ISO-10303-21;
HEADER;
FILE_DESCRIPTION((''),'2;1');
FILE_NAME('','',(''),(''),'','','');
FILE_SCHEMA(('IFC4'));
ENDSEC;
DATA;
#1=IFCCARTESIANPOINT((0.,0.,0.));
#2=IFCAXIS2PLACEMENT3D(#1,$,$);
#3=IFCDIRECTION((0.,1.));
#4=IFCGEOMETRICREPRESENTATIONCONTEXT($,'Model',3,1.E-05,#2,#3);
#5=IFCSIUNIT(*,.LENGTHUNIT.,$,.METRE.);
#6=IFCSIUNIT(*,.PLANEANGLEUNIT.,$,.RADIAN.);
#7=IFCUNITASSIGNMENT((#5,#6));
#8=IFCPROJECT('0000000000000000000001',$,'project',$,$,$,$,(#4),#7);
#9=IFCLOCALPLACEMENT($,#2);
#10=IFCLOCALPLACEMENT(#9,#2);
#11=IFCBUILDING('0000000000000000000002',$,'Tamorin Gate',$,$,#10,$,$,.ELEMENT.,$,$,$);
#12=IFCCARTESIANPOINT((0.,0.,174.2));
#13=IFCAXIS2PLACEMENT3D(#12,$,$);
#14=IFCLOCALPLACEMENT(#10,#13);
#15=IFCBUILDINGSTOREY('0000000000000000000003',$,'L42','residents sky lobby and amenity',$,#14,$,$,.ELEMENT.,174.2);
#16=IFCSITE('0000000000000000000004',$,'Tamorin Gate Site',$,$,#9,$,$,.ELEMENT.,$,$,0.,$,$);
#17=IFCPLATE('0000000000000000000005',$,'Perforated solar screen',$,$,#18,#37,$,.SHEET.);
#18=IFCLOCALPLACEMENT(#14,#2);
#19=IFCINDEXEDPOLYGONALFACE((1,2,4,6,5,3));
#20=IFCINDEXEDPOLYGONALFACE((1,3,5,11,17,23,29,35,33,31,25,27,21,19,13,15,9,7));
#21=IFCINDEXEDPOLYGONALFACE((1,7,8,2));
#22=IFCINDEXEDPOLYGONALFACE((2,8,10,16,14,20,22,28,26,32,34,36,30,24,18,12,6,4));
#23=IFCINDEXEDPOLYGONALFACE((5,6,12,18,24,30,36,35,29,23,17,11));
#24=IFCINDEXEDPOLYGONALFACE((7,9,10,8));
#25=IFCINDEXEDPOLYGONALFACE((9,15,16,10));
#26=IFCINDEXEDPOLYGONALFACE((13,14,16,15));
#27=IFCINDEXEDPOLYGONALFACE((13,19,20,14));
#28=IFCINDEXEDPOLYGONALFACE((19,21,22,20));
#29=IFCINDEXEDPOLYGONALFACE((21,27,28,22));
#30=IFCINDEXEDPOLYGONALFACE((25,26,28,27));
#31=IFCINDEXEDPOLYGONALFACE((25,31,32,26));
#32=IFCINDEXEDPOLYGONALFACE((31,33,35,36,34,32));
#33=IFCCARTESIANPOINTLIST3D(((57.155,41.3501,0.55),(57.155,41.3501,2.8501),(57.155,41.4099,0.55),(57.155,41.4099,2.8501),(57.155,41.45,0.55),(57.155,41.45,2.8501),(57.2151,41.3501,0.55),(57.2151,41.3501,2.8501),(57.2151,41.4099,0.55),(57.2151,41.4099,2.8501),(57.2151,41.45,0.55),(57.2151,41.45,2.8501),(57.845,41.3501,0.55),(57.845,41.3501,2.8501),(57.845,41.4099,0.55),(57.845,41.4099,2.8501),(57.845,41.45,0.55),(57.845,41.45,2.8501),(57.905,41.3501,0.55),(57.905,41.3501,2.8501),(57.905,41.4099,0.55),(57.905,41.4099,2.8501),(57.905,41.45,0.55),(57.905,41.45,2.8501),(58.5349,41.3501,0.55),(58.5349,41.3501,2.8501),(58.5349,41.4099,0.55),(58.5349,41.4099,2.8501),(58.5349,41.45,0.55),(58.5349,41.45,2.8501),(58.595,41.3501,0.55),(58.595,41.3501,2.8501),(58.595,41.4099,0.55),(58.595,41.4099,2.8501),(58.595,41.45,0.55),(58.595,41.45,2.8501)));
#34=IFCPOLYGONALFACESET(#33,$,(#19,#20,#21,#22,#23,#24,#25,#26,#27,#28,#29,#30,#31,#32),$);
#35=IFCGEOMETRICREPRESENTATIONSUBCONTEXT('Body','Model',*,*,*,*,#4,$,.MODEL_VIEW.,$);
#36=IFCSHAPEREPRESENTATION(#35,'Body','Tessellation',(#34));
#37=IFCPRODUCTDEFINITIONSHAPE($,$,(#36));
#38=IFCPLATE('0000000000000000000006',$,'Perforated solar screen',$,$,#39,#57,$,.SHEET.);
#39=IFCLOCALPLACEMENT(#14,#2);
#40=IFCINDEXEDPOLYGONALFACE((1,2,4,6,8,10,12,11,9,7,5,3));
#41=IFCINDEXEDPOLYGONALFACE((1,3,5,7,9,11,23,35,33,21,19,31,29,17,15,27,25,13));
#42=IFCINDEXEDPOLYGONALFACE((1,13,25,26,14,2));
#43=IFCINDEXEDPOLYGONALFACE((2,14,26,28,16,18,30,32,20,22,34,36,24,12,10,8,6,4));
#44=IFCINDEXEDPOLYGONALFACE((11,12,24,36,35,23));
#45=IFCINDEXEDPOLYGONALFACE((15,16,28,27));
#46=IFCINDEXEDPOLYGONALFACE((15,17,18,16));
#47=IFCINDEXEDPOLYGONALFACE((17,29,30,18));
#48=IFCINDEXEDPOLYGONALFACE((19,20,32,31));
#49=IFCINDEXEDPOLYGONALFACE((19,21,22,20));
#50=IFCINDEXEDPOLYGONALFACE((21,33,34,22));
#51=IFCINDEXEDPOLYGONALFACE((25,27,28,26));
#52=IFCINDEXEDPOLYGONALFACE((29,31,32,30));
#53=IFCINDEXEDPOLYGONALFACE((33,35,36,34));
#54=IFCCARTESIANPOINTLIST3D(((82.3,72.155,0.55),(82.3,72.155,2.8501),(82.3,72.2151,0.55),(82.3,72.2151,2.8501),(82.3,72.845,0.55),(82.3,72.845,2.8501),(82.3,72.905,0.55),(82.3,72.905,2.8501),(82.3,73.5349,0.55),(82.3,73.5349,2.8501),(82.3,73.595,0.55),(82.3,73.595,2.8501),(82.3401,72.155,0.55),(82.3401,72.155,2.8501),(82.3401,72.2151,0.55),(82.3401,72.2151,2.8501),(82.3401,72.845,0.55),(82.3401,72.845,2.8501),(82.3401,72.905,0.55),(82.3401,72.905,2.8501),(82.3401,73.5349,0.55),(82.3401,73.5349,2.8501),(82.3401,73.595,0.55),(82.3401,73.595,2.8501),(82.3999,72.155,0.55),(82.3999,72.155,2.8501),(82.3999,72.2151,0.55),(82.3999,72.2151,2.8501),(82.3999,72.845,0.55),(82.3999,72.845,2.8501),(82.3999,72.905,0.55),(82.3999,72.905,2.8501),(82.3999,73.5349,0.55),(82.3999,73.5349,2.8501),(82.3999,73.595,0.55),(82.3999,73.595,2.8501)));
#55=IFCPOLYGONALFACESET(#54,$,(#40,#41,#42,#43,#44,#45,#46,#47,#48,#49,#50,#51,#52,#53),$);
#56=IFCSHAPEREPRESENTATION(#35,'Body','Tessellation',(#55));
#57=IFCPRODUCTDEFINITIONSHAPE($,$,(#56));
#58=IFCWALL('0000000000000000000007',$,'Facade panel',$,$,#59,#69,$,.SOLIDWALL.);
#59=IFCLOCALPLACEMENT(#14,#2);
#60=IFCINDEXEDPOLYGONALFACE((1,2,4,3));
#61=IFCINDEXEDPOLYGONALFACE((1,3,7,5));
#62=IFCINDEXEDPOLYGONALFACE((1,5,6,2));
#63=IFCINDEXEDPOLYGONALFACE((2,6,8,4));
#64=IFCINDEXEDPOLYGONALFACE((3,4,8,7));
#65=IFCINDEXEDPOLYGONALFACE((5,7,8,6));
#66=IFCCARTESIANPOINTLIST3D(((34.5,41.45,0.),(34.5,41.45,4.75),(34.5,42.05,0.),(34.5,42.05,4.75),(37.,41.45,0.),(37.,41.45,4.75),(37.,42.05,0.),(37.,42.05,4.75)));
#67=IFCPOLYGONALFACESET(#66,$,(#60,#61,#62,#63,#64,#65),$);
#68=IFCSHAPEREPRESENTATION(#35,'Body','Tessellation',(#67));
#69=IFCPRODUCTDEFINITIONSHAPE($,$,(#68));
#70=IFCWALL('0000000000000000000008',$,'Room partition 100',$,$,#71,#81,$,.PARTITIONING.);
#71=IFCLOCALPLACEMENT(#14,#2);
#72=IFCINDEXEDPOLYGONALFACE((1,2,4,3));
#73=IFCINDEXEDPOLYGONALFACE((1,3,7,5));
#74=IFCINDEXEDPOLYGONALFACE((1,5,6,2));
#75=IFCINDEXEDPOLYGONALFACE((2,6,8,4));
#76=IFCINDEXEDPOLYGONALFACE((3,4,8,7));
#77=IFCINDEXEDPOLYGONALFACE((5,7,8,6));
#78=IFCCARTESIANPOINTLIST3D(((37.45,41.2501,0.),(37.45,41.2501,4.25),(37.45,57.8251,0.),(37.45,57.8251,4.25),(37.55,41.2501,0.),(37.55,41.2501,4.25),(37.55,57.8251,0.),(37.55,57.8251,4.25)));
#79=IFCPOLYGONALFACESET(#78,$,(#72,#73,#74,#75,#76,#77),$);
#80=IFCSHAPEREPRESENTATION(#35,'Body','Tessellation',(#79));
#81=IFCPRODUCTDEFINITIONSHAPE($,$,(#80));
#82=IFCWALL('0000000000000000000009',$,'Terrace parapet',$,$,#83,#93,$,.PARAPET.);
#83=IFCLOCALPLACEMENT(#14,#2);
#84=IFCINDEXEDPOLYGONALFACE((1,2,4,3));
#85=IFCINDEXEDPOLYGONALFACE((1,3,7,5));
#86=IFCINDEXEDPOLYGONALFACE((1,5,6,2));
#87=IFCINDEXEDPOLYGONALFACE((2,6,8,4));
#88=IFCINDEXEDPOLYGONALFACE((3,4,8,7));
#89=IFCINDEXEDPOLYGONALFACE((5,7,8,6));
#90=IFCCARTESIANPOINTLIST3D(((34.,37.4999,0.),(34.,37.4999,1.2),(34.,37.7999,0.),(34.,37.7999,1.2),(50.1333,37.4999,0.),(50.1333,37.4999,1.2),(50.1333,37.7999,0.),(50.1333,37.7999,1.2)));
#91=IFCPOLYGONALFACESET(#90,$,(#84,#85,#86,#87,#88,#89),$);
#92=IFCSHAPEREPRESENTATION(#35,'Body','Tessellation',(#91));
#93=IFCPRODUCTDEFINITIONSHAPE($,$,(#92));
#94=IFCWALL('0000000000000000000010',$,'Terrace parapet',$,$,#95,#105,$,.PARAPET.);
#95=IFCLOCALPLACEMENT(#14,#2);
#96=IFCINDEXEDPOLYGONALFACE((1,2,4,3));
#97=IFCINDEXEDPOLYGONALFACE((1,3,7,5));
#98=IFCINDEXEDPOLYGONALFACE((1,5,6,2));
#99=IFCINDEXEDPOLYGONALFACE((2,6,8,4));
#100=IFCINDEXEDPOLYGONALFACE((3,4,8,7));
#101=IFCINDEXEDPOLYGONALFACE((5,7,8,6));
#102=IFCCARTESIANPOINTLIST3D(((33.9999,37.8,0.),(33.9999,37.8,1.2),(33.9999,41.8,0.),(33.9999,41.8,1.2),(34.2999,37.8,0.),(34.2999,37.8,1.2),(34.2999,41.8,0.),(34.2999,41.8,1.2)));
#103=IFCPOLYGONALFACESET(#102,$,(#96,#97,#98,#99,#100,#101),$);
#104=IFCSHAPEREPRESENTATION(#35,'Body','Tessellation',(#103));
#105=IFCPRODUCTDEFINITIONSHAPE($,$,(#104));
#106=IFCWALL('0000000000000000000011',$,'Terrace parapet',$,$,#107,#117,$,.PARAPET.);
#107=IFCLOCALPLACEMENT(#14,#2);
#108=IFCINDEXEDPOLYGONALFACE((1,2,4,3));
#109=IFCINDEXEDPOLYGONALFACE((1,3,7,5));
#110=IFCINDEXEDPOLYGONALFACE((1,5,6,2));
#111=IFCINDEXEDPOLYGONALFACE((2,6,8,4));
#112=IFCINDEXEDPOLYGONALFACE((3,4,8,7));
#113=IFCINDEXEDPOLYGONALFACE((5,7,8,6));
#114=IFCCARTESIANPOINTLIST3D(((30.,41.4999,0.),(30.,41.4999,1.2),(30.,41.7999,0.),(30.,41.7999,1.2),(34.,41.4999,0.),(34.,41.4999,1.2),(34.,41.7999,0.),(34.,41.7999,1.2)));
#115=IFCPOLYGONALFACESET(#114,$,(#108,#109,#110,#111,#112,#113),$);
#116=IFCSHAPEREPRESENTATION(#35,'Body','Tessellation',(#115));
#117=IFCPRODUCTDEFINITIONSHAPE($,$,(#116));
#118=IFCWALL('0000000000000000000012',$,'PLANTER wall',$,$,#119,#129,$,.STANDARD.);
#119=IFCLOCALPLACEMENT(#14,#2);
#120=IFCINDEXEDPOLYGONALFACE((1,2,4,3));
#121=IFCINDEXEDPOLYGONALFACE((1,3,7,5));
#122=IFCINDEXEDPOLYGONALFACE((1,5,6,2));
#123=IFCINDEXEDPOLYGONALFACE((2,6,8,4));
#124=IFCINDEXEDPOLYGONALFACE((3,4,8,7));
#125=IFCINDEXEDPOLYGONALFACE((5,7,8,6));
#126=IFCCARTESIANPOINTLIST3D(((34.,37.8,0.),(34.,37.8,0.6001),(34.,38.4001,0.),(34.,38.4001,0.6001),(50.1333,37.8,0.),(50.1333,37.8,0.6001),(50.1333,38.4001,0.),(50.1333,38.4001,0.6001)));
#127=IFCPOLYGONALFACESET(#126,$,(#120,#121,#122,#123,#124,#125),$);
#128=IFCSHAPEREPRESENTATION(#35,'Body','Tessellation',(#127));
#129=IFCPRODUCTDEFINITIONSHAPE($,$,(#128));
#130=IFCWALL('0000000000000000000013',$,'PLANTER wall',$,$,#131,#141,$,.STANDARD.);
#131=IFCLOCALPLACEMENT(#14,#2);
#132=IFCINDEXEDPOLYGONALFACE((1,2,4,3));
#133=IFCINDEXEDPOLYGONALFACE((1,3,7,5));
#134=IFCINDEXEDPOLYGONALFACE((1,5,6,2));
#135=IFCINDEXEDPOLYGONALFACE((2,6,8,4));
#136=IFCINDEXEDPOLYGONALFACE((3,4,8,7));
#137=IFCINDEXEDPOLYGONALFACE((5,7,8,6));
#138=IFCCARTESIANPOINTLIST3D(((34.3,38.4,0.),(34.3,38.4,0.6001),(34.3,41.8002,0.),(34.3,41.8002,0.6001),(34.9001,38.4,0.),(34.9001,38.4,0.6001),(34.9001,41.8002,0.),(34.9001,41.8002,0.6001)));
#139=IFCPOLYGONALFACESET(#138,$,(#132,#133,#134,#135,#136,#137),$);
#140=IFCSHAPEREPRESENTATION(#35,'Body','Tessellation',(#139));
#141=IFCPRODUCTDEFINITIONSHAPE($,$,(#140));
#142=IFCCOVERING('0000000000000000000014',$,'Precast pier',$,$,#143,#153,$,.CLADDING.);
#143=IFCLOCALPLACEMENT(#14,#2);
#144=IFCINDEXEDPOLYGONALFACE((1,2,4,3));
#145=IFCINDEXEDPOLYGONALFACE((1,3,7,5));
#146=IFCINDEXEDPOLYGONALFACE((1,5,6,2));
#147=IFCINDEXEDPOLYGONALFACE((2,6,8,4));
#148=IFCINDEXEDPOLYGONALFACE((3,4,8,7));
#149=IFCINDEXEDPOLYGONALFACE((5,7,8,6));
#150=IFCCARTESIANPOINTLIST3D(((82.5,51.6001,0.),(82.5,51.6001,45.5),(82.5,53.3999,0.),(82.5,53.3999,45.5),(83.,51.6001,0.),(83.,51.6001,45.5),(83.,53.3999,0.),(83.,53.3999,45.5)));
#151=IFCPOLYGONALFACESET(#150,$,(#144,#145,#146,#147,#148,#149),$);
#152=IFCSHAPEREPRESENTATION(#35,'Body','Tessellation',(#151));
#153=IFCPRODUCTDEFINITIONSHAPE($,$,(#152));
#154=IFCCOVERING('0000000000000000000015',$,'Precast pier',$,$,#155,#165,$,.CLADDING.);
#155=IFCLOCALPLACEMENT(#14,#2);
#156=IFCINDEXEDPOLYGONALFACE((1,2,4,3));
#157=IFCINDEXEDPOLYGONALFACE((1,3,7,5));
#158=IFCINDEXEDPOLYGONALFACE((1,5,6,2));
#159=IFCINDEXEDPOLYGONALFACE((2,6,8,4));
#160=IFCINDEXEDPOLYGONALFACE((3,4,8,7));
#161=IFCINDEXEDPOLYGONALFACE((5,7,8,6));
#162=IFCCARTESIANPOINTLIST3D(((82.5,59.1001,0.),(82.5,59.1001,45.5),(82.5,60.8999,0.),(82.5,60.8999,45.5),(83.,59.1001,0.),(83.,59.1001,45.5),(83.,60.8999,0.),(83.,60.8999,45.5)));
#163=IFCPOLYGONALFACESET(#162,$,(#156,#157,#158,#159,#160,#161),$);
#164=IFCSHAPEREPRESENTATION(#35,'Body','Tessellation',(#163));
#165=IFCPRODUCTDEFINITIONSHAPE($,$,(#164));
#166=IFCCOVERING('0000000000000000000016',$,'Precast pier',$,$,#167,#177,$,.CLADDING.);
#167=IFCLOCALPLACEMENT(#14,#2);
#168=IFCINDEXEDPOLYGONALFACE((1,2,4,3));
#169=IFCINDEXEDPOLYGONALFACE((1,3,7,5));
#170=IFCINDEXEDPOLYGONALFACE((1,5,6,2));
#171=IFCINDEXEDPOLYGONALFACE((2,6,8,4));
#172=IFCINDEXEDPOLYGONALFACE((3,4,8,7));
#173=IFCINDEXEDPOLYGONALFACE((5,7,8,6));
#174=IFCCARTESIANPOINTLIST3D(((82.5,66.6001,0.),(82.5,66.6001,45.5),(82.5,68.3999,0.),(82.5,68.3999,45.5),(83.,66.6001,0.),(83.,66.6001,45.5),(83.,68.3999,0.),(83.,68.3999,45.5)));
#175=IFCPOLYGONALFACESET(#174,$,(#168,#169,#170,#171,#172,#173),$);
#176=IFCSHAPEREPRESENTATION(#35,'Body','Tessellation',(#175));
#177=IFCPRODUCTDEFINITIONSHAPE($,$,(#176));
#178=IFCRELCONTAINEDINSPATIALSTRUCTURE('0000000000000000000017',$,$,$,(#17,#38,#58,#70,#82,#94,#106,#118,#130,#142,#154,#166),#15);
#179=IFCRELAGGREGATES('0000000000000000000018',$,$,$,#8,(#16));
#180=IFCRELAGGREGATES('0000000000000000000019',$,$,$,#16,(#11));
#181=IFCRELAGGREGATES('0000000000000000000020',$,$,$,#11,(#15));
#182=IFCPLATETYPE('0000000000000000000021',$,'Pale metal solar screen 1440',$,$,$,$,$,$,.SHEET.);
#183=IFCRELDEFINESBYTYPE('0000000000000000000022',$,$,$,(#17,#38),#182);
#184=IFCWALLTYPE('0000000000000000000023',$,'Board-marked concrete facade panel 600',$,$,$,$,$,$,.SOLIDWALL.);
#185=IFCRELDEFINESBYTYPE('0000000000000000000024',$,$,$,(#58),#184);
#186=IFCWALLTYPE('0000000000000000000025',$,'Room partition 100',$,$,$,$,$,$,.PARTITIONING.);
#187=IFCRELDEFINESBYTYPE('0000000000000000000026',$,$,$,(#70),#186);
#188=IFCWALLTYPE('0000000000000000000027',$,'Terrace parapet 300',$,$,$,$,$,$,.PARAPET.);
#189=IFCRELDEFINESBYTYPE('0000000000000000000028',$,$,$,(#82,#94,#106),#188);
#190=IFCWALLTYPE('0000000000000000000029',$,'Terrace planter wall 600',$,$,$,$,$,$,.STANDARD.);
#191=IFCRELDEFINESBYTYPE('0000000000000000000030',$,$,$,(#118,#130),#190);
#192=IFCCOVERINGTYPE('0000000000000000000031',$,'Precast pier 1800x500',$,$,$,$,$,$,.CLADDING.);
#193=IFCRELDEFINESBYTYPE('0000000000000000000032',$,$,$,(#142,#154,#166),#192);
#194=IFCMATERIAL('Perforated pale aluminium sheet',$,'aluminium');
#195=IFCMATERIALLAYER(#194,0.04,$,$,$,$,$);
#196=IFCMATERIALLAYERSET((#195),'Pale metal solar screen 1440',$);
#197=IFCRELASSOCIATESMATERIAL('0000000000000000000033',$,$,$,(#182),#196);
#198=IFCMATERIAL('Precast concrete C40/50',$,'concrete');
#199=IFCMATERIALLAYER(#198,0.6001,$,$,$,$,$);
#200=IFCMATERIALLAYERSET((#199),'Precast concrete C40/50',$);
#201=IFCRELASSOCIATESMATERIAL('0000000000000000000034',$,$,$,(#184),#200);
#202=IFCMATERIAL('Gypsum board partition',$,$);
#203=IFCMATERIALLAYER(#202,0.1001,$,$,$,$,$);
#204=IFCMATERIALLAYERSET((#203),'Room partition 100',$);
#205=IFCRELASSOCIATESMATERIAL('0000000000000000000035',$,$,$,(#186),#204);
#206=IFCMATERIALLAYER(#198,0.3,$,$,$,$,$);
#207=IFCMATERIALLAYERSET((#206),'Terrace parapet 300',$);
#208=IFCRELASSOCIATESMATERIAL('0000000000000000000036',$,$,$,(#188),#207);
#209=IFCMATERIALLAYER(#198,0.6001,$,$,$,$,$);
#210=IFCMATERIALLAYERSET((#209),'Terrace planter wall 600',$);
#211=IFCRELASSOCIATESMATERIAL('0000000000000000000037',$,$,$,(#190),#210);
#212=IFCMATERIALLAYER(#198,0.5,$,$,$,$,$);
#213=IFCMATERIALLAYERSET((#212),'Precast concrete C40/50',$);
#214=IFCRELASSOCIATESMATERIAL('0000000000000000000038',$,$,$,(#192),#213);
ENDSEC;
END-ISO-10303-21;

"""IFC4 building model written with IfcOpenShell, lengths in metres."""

from ifc_helpers import new_model, si_unit, direction, frame, frame_2d, origin, place, context, subcontext, project, spatial, polyline, rectangle, outline, extrude, material, layer, layer_set, type_object, element, save


model = new_model("IFC4")

# Units and contexts
model_context = context("Model", 3, precision=1e-05, world=origin(), true_north=direction((0.0, 1.0)))
body_context = subcontext(model_context, "Body", "Model", "MODEL_VIEW")
ifc_project = project(units=[si_unit("LENGTHUNIT", "METRE"), si_unit("PLANEANGLEUNIT", "RADIAN")], contexts=[model_context])

# Site, building, storey
site_placement = place(None, origin())
site = spatial("IfcSite", under=ifc_project, at=site_placement, Name="Tamorin Gate Site", CompositionType="ELEMENT", RefElevation=0.0)
building_placement = place(site_placement, origin())
building = spatial("IfcBuilding", under=site, at=building_placement, Name="Tamorin Gate", CompositionType="ELEMENT")
storey_placement = place(building_placement, frame((0.0, 0.0, 174.2)))
storey = spatial("IfcBuildingStorey", under=building, at=storey_placement, Name="L42", Description="residents sky lobby and amenity", CompositionType="ELEMENT", Elevation=174.2)

# Plates
ifc_material_1 = material(Name="Perforated pale aluminium sheet", Category="aluminium")
ifc_layer_1 = layer(ifc_material_1, 0.04)
ifc_layer_set_1 = layer_set([ifc_layer_1], Name="Pale metal solar screen 1440")
plate_type = type_object("IfcPlateType", Name="Pale metal solar screen 1440", PredefinedType="SHEET", material=ifc_layer_set_1)
plate_1_placement = place(storey_placement, frame((0.0, 0.0, 0.55)))
element("IfcPlate", 1, at=plate_1_placement, inside=storey, type_object=plate_type, Name="Perforated solar screen", PredefinedType="SHEET", context=body_context, shape_type="SweptSolid", body=[
    extrude(outline(polyline([(57.155, 41.4099), (57.155, 41.45), (57.2151, 41.45), (57.845, 41.45), (57.905, 41.45), (58.5349, 41.45), (58.595, 41.45), (58.595, 41.4099), (58.595, 41.3501), (58.5349, 41.3501), (58.5349, 41.4099), (57.905, 41.4099), (57.905, 41.3501), (57.845, 41.3501), (57.845, 41.4099), (57.2151, 41.4099), (57.2151, 41.3501), (57.155, 41.3501), (57.155, 41.4099)])), origin(), (0.0, 0.0, 1.0), 2.3),
])
plate_2_placement = place(storey_placement, frame((0.0, 0.0, 0.55)))
element("IfcPlate", 2, at=plate_2_placement, inside=storey, type_object=plate_type, Name="Perforated solar screen", PredefinedType="SHEET", context=body_context, shape_type="SweptSolid", body=[
    extrude(outline(polyline([(82.3401, 72.155), (82.3, 72.155), (82.3, 72.2151), (82.3, 72.845), (82.3, 72.905), (82.3, 73.5349), (82.3, 73.595), (82.3401, 73.595), (82.3999, 73.595), (82.3999, 73.5349), (82.3401, 73.5349), (82.3401, 72.905), (82.3999, 72.905), (82.3999, 72.845), (82.3401, 72.845), (82.3401, 72.2151), (82.3999, 72.2151), (82.3999, 72.155), (82.3401, 72.155)])), origin(), (0.0, 0.0, 1.0), 2.3),
])

# Walls
ifc_material_2 = material(Name="Precast concrete C40/50", Category="concrete")
ifc_layer_2 = layer(ifc_material_2, 0.6001)
ifc_layer_set_2 = layer_set([ifc_layer_2], Name="Precast concrete C40/50")
wall_type_1 = type_object("IfcWallType", Name="Board-marked concrete facade panel 600", PredefinedType="SOLIDWALL", material=ifc_layer_set_2)
wall_1_placement = place(storey_placement, frame((34.5, 41.75, 0.0), z_axis=(0.0, 0.0, 1.0), x_axis=(1.0, 0.0, 0.0)))
element("IfcWall", 3, at=wall_1_placement, inside=storey, type_object=wall_type_1, Name="Facade panel", PredefinedType="SOLIDWALL", context=body_context, shape_type="SweptSolid", body=[
    extrude(rectangle(XDim=2.5, YDim=0.6001, at=frame_2d((1.25, 0.0))), origin(), (0.0, 0.0, 1.0), 4.75),
])
ifc_material_3 = material(Name="Gypsum board partition")
ifc_layer_3 = layer(ifc_material_3, 0.1001)
ifc_layer_set_3 = layer_set([ifc_layer_3], Name="Room partition 100")
wall_type_2 = type_object("IfcWallType", Name="Room partition 100", PredefinedType="PARTITIONING", material=ifc_layer_set_3)
wall_2_placement = place(storey_placement, frame((37.5, 41.25, 0.0), z_axis=(0.0, 0.0, 1.0), x_axis=(0.0, 1.0, 0.0)))
element("IfcWall", 4, at=wall_2_placement, inside=storey, type_object=wall_type_2, Name="Room partition 100", PredefinedType="PARTITIONING", context=body_context, shape_type="SweptSolid", body=[
    extrude(rectangle(XDim=16.575, YDim=0.1001, at=frame_2d((8.2876, 0.0))), origin(), (0.0, 0.0, 1.0), 4.25),
])
ifc_layer_4 = layer(ifc_material_2, 0.3)
ifc_layer_set_4 = layer_set([ifc_layer_4], Name="Terrace parapet 300")
wall_type_3 = type_object("IfcWallType", Name="Terrace parapet 300", PredefinedType="PARAPET", material=ifc_layer_set_4)
wall_3_placement = place(storey_placement, frame((34.0, 37.6499, 0.0), z_axis=(0.0, 0.0, 1.0), x_axis=(1.0, 0.0, 0.0)))
element("IfcWall", 5, at=wall_3_placement, inside=storey, type_object=wall_type_3, Name="Terrace parapet", PredefinedType="PARAPET", context=body_context, shape_type="SweptSolid", body=[
    extrude(rectangle(XDim=16.1333, YDim=0.3, at=frame_2d((8.0667, 0.0))), origin(), (0.0, 0.0, 1.0), 1.2),
])
for number, where, z_axis, x_axis, name in (
    (6, (34.1499, 37.8, 0.0), (0.0, 0.0, 1.0), (0.0, 1.0, 0.0), "Terrace parapet"),
    (7, (30.0, 41.6499, 0.0), (0.0, 0.0, 1.0), (1.0, 0.0, 0.0), "Terrace parapet"),
):
    element("IfcWall", number, at=place(storey_placement, frame(where, z_axis=z_axis, x_axis=x_axis)), inside=storey, type_object=wall_type_3, Name=name, PredefinedType="PARAPET", context=body_context, shape_type="SweptSolid", body=[
        extrude(rectangle(XDim=4.0, YDim=0.3, at=frame_2d((2.0, 0.0))), origin(), (0.0, 0.0, 1.0), 1.2),
    ])
ifc_layer_5 = layer(ifc_material_2, 0.6001)
ifc_layer_set_5 = layer_set([ifc_layer_5], Name="Terrace planter wall 600")
wall_type_4 = type_object("IfcWallType", Name="Terrace planter wall 600", PredefinedType="STANDARD", material=ifc_layer_set_5)
wall_4_placement = place(storey_placement, frame((34.0, 38.1001, 0.0), z_axis=(0.0, 0.0, 1.0), x_axis=(1.0, 0.0, 0.0)))
element("IfcWall", 8, at=wall_4_placement, inside=storey, type_object=wall_type_4, Name="PLANTER wall", PredefinedType="STANDARD", context=body_context, shape_type="SweptSolid", body=[
    extrude(rectangle(XDim=16.1333, YDim=0.6001, at=frame_2d((8.0667, 0.0))), origin(), (0.0, 0.0, 1.0), 0.6001),
])
wall_5_placement = place(storey_placement, frame((34.6001, 38.3999, 0.0), z_axis=(0.0, 0.0, 1.0), x_axis=(0.0, 1.0, 0.0)))
element("IfcWall", 9, at=wall_5_placement, inside=storey, type_object=wall_type_4, Name="PLANTER wall", PredefinedType="STANDARD", context=body_context, shape_type="SweptSolid", body=[
    extrude(rectangle(XDim=3.4001, YDim=0.6001, at=frame_2d((1.7002, 0.0))), origin(), (0.0, 0.0, 1.0), 0.6001),
])

# Coverings
ifc_layer_6 = layer(ifc_material_2, 0.5)
ifc_layer_set_6 = layer_set([ifc_layer_6], Name="Precast concrete C40/50")
covering_type = type_object("IfcCoveringType", Name="Precast pier 1800x500", PredefinedType="CLADDING", material=ifc_layer_set_6)
covering_1_placement = place(storey_placement, origin())
element("IfcCovering", 10, at=covering_1_placement, inside=storey, type_object=covering_type, Name="Precast pier", PredefinedType="CLADDING", context=body_context, shape_type="SweptSolid", body=[
    extrude(outline(polyline([(82.5, 51.6001), (82.5, 53.3999), (83.0, 53.3999), (83.0, 51.6001), (82.5, 51.6001)])), origin(), (0.0, 0.0, 1.0), 45.5),
])
covering_2_placement = place(storey_placement, origin())
element("IfcCovering", 11, at=covering_2_placement, inside=storey, type_object=covering_type, Name="Precast pier", PredefinedType="CLADDING", context=body_context, shape_type="SweptSolid", body=[
    extrude(outline(polyline([(82.5, 59.1001), (82.5, 60.8999), (83.0, 60.8999), (83.0, 59.1001), (82.5, 59.1001)])), origin(), (0.0, 0.0, 1.0), 45.5),
])
covering_3_placement = place(storey_placement, origin())
element("IfcCovering", 12, at=covering_3_placement, inside=storey, type_object=covering_type, Name="Precast pier", PredefinedType="CLADDING", context=body_context, shape_type="SweptSolid", body=[
    extrude(outline(polyline([(82.5, 66.6001), (82.5, 68.3999), (83.0, 68.3999), (83.0, 66.6001), (82.5, 66.6001)])), origin(), (0.0, 0.0, 1.0), 45.5),
])

save(model, "model.ifc")
